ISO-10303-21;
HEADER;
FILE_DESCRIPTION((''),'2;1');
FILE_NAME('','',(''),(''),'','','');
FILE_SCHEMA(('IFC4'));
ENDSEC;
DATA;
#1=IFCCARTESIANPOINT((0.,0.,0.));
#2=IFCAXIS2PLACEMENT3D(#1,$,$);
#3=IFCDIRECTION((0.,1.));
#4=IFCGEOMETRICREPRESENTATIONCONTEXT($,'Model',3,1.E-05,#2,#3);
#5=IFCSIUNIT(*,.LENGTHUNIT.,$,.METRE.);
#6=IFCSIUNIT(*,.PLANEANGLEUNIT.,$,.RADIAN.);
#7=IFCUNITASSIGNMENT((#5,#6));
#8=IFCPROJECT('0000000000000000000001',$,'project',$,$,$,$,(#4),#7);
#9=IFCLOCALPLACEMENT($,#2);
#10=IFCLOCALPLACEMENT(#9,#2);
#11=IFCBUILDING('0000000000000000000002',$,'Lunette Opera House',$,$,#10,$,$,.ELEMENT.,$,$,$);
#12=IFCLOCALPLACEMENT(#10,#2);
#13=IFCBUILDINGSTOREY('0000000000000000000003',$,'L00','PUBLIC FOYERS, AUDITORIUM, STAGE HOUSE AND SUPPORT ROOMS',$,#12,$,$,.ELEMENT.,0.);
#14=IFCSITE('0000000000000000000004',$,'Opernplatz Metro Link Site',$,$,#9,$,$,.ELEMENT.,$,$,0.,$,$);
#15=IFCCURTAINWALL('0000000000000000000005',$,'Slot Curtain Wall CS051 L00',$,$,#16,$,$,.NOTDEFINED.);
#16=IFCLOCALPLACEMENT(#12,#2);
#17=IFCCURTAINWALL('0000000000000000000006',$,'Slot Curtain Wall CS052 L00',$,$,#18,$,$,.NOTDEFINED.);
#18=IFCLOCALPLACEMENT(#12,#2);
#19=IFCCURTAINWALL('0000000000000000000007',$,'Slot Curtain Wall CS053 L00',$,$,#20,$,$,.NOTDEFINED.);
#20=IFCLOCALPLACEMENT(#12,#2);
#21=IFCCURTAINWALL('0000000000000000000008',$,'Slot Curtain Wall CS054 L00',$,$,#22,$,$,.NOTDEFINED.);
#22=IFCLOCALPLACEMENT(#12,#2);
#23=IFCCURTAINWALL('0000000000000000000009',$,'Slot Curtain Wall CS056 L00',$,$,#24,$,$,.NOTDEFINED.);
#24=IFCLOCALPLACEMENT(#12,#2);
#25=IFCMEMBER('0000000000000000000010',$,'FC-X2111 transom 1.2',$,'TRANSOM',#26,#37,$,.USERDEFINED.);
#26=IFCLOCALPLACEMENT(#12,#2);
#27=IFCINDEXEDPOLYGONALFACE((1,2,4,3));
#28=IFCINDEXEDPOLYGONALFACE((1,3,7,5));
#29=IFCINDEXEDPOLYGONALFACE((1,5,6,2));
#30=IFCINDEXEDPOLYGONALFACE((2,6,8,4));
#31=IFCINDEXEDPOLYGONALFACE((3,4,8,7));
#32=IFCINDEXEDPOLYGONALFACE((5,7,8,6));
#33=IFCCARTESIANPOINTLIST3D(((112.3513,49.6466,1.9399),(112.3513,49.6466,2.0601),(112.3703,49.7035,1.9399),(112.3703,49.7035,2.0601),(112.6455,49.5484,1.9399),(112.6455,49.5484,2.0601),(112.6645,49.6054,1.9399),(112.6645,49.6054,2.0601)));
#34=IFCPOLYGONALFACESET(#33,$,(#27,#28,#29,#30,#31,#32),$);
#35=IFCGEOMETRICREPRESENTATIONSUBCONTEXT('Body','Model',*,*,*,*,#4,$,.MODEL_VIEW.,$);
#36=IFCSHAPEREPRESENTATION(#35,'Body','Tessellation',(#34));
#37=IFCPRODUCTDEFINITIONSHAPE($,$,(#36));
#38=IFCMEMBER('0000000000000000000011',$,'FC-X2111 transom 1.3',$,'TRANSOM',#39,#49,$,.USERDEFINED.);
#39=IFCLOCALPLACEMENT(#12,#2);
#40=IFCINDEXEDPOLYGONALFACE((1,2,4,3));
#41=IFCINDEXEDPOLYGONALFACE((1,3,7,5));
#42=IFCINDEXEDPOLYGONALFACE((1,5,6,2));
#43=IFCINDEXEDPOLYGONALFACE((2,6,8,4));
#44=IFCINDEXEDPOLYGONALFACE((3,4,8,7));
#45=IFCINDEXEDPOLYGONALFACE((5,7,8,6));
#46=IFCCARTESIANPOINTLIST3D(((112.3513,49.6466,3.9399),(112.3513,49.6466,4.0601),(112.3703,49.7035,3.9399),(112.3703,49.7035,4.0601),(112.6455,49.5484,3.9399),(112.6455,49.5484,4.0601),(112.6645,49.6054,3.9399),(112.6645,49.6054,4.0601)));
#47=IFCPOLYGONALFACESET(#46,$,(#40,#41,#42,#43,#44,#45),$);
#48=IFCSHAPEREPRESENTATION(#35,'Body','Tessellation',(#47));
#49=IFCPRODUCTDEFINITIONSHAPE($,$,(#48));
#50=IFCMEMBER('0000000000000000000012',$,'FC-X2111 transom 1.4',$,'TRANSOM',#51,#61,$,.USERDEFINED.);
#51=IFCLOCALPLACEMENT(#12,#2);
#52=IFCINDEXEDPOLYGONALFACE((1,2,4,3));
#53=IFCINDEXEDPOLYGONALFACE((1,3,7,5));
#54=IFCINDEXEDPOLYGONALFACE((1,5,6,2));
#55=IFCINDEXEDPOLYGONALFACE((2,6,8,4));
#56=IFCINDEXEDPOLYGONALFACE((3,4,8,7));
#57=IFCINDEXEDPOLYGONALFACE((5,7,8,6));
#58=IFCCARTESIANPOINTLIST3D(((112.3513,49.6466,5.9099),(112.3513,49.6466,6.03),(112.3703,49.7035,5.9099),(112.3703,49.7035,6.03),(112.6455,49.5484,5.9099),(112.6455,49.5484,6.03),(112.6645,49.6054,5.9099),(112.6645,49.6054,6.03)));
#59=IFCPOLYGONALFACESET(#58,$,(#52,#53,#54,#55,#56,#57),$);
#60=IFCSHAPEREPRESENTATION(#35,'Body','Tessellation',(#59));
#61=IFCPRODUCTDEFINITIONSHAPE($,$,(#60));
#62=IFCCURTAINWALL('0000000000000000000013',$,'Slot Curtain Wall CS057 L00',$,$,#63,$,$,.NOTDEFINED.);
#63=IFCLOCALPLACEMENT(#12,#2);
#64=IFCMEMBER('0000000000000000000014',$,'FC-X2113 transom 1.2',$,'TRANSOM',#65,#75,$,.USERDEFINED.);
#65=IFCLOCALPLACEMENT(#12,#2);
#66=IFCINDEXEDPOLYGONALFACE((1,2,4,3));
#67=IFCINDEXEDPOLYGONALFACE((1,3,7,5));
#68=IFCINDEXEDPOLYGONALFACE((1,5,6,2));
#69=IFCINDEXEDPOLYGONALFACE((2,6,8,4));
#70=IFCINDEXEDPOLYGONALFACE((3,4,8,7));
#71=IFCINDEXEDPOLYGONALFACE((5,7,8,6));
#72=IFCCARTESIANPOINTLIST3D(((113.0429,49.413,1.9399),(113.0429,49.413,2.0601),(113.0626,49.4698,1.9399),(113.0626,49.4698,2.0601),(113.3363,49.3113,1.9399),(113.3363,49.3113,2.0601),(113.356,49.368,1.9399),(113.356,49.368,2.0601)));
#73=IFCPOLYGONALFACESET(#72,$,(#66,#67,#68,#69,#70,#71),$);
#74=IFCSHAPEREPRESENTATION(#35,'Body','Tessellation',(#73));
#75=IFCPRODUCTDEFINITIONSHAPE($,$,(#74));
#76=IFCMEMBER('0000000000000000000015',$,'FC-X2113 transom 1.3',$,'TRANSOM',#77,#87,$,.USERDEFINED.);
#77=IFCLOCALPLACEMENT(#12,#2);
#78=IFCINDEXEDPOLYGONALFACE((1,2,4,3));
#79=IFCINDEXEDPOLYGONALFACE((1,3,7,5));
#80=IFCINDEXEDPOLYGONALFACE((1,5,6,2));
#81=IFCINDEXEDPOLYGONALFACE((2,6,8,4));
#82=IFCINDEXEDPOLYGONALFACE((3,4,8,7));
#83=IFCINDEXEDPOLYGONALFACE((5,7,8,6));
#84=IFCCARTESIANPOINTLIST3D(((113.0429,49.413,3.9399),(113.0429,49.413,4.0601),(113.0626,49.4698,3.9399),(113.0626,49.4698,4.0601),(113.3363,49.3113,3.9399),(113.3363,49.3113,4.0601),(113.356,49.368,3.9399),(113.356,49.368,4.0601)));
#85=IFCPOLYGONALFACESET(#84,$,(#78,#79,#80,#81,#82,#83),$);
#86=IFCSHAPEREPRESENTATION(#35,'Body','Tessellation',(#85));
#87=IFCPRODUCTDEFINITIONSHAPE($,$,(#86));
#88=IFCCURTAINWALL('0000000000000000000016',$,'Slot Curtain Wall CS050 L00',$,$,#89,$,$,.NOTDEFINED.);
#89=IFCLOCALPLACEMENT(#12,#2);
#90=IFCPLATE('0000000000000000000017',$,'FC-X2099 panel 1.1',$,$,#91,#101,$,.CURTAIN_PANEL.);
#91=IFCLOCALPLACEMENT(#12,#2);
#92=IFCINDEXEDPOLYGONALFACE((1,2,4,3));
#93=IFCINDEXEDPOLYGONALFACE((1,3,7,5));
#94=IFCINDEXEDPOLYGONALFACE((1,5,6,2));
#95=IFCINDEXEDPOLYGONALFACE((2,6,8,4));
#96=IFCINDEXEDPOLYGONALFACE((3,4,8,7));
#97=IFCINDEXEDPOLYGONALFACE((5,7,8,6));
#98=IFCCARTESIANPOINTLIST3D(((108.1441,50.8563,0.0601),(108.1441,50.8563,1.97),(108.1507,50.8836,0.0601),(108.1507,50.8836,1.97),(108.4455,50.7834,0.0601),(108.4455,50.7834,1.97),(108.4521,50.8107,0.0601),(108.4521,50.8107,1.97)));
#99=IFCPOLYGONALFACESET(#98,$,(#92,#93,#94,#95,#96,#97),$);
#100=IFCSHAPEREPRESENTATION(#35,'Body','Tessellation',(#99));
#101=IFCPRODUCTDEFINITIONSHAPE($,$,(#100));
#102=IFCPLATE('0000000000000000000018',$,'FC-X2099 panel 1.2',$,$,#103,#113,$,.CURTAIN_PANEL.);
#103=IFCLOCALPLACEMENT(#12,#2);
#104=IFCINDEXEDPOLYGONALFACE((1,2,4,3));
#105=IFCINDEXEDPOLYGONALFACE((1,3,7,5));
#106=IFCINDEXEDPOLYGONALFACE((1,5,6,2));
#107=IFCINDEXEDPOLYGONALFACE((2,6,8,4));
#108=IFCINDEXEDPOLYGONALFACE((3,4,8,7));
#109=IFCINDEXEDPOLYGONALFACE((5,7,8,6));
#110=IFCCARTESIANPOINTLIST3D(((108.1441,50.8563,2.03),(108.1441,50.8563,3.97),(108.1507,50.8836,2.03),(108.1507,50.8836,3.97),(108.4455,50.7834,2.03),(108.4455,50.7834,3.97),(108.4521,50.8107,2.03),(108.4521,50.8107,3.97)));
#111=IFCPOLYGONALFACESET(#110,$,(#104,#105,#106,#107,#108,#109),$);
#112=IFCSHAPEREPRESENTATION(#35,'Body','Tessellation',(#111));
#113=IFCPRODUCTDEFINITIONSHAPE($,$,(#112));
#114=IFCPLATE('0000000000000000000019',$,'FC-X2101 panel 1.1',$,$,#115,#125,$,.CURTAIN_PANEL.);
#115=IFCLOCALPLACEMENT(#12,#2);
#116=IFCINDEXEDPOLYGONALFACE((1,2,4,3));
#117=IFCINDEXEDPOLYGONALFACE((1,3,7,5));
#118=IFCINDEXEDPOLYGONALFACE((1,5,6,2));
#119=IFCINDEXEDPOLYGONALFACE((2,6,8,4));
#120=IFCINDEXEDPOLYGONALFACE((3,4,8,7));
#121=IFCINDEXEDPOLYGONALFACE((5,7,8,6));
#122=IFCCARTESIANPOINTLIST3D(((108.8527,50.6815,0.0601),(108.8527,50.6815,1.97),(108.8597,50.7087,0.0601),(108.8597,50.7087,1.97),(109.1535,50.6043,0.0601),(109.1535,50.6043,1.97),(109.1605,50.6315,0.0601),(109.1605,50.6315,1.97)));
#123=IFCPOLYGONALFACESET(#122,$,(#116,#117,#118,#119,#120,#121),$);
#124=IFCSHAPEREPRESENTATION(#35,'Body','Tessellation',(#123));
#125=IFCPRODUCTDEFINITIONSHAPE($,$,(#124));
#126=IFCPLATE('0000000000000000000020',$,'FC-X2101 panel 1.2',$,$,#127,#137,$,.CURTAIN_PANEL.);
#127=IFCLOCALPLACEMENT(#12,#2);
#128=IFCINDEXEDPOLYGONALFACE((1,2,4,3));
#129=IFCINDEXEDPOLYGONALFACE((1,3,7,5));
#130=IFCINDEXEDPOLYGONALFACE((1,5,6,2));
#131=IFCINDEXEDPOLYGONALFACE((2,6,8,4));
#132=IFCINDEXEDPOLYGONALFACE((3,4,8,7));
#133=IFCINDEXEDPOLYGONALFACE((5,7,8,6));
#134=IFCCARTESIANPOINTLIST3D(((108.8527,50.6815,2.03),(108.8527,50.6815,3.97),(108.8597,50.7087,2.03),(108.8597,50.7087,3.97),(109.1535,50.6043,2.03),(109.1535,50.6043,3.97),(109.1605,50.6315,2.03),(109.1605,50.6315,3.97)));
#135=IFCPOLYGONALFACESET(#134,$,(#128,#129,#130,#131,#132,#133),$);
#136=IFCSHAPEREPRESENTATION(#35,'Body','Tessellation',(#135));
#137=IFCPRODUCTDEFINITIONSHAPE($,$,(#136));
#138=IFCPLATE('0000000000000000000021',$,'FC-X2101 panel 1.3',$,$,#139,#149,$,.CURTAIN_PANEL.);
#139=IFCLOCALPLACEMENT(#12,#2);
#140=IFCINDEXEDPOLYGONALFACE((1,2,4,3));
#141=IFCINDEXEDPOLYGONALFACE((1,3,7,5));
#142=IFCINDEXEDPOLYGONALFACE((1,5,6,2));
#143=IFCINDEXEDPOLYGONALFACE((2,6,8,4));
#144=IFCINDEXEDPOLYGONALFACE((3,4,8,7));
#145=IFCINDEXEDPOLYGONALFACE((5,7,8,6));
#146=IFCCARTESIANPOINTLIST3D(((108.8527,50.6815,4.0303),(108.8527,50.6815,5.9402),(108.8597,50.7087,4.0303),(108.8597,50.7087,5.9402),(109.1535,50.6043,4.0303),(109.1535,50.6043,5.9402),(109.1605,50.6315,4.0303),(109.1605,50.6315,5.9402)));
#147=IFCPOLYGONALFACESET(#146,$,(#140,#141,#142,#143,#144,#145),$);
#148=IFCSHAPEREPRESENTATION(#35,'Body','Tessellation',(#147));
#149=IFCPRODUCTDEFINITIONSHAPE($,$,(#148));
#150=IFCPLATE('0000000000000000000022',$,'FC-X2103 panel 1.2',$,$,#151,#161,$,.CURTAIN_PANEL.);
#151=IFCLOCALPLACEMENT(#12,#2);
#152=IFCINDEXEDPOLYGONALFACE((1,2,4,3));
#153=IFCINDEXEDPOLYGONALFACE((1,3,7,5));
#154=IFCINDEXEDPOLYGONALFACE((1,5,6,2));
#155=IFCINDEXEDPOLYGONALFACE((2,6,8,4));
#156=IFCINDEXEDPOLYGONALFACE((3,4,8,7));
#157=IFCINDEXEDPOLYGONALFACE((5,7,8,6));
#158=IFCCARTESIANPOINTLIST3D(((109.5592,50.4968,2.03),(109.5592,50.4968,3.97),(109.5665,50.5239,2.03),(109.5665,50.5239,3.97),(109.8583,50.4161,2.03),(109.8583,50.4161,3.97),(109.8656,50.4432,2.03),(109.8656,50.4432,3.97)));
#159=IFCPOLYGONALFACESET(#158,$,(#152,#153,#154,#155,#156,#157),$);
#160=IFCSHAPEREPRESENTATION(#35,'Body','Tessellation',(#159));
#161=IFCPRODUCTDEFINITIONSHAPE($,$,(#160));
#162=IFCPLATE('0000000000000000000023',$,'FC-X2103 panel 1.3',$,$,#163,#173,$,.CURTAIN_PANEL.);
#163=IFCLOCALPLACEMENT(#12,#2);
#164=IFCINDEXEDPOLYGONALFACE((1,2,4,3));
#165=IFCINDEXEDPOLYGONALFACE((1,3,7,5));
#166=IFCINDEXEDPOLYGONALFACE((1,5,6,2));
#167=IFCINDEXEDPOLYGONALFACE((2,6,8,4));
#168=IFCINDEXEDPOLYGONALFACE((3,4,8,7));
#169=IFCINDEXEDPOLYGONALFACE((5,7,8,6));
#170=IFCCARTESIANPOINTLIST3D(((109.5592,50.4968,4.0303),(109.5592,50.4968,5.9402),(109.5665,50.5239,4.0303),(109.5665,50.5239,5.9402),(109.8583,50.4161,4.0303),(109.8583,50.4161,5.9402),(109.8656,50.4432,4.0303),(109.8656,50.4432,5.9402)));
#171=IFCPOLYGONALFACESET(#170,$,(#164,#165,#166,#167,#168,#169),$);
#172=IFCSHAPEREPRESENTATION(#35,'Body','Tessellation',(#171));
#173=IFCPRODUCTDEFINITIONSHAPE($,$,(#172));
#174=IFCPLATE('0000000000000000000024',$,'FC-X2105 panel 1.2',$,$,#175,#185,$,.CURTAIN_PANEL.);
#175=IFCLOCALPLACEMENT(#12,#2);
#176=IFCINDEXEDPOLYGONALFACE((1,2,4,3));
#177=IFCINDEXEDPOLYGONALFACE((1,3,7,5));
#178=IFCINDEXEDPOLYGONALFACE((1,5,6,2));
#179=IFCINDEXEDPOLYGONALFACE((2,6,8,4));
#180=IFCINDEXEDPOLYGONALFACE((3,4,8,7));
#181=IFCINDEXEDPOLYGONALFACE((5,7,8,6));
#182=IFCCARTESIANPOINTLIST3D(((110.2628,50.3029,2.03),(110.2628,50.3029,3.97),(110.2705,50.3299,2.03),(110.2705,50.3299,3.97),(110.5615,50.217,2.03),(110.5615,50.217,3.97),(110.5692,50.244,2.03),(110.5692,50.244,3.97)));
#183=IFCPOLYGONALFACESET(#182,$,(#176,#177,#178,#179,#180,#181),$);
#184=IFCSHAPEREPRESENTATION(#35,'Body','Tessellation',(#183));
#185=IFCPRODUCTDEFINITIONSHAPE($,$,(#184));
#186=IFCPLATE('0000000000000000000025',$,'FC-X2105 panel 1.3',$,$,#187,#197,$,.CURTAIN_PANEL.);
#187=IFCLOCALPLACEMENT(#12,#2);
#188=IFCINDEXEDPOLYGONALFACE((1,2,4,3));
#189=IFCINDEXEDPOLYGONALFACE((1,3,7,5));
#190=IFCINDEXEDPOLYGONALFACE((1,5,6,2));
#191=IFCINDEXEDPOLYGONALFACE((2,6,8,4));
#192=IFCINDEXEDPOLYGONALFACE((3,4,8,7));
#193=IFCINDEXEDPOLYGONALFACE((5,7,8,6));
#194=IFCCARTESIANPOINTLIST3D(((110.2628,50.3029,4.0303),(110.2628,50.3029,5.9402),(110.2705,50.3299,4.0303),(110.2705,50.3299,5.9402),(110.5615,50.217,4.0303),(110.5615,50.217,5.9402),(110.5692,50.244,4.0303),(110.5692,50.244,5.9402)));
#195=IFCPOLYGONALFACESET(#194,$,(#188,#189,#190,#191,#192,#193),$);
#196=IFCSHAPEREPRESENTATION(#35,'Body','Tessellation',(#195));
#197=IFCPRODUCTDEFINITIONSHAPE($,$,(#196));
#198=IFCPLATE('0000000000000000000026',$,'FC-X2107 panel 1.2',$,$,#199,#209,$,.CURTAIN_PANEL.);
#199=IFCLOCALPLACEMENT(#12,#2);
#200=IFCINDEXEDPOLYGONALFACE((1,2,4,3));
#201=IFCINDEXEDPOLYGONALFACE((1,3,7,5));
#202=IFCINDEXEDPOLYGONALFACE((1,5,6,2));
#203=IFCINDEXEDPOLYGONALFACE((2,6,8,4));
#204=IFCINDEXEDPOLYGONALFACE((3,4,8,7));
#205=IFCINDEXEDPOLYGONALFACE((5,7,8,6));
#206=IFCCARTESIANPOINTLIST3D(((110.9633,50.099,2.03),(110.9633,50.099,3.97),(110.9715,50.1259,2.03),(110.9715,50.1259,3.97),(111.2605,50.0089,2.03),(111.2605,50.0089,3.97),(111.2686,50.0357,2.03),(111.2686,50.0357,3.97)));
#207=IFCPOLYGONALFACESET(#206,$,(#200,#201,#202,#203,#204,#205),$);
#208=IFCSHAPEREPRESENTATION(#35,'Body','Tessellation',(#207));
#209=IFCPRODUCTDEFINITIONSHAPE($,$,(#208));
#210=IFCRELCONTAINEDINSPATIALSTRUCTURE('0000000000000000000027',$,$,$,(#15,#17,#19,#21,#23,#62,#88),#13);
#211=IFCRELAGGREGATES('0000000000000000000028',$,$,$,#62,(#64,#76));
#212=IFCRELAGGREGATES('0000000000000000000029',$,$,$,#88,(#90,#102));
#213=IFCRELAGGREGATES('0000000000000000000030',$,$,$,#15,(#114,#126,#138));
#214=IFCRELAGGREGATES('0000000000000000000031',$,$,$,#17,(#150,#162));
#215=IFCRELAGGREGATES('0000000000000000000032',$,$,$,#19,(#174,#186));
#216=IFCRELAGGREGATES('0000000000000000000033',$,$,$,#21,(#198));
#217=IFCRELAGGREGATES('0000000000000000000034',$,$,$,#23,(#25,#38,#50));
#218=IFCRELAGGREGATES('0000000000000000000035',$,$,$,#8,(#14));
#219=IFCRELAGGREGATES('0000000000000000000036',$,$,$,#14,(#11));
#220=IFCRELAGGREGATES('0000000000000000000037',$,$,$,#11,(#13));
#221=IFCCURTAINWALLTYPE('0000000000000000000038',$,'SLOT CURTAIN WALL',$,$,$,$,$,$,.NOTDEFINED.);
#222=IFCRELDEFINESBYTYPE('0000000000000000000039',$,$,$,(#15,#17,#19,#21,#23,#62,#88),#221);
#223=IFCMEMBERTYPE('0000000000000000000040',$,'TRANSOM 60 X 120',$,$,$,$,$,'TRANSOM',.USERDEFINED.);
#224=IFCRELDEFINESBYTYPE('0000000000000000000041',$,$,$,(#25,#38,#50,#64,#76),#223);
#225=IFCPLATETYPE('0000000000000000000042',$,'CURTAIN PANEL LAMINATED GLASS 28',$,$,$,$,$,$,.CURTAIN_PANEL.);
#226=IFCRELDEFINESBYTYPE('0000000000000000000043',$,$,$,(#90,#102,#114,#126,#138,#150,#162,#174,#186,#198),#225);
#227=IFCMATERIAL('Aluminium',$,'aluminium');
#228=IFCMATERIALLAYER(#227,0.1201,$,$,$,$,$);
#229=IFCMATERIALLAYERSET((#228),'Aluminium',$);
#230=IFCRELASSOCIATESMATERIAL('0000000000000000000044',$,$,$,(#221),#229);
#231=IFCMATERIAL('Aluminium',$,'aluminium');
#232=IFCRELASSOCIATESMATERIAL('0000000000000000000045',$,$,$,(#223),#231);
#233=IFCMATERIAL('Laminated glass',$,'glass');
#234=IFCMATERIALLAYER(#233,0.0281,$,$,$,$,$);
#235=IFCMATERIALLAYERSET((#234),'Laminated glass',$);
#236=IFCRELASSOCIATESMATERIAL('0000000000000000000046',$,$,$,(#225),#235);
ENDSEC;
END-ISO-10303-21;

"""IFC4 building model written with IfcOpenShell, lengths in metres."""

from ifc_helpers import new_model, si_unit, direction, frame, origin, origin_2d, place, context, subcontext, project, spatial, rectangle, extrude, material, layer, layer_set, material_profile, profile_set, type_object, element, aggregate, save


model = new_model("IFC4")

# Units and contexts
model_context = context("Model", 3, precision=1e-05, world=origin(), true_north=direction((0.0, 1.0)))
body_context = subcontext(model_context, "Body", "Model", "MODEL_VIEW")
ifc_project = project(units=[si_unit("LENGTHUNIT", "METRE"), si_unit("PLANEANGLEUNIT", "RADIAN")], contexts=[model_context])

# Site, building, storey
site_placement = place(None, origin())
site = spatial("IfcSite", under=ifc_project, at=site_placement, Name="Opernplatz Metro Link Site", CompositionType="ELEMENT", RefElevation=0.0)
building_placement = place(site_placement, origin())
building = spatial("IfcBuilding", under=site, at=building_placement, Name="Lunette Opera House", CompositionType="ELEMENT")
storey_placement = place(building_placement, origin())
storey = spatial("IfcBuildingStorey", under=building, at=storey_placement, Name="L00", Description="PUBLIC FOYERS, AUDITORIUM, STAGE HOUSE AND SUPPORT ROOMS", CompositionType="ELEMENT", Elevation=0.0)

# Curtain walls, members
ifc_material_1 = material(Name="Aluminium", Category="aluminium")
ifc_layer_1 = layer(ifc_material_1, 0.1201)
ifc_layer_set_1 = layer_set([ifc_layer_1], Name="Aluminium")
curtain_wall_type = type_object("IfcCurtainWallType", Name="SLOT CURTAIN WALL", PredefinedType="NOTDEFINED", material=ifc_layer_set_1)
curtain_wall_1_placement = place(storey_placement, origin())
curtain_wall_1 = element("IfcCurtainWall", 1, at=curtain_wall_1_placement, inside=storey, type_object=curtain_wall_type, Name="Slot Curtain Wall CS051 L00", PredefinedType="NOTDEFINED")
ifc_material_2 = material(Name="Aluminium", Category="aluminium")
ifc_material_profile = material_profile(ifc_material_2, rectangle(XDim=0.0601, YDim=0.1201, at=origin_2d()), Name="TRANSOM 60 X 120")
ifc_profile_set = profile_set([ifc_material_profile], Name="Aluminium")
member_type = type_object("IfcMemberType", Name="TRANSOM 60 X 120", ElementType="TRANSOM", PredefinedType="USERDEFINED", material=ifc_profile_set)
curtain_wall_2_placement = place(storey_placement, origin())
curtain_wall_2 = element("IfcCurtainWall", 2, at=curtain_wall_2_placement, inside=storey, type_object=curtain_wall_type, Name="Slot Curtain Wall CS052 L00", PredefinedType="NOTDEFINED")
curtain_wall_3_placement = place(storey_placement, origin())
curtain_wall_3 = element("IfcCurtainWall", 3, at=curtain_wall_3_placement, inside=storey, type_object=curtain_wall_type, Name="Slot Curtain Wall CS053 L00", PredefinedType="NOTDEFINED")
curtain_wall_4_placement = place(storey_placement, origin())
curtain_wall_4 = element("IfcCurtainWall", 4, at=curtain_wall_4_placement, inside=storey, type_object=curtain_wall_type, Name="Slot Curtain Wall CS054 L00", PredefinedType="NOTDEFINED")
curtain_wall_5_placement = place(storey_placement, origin())
curtain_wall_5 = element("IfcCurtainWall", 5, at=curtain_wall_5_placement, inside=storey, type_object=curtain_wall_type, Name="Slot Curtain Wall CS056 L00", PredefinedType="NOTDEFINED")
member_1_placement = place(storey_placement, frame((112.3608, 49.675, 2.0), z_axis=(0.948605, -0.316464, 0.0), x_axis=(0.316464, 0.948605, 0.0)))
member_1 = element("IfcMember", 6, at=member_1_placement, type_object=member_type, Name="FC-X2111 transom 1.2", ObjectType="TRANSOM", PredefinedType="USERDEFINED", context=body_context, shape_type="SweptSolid", body=[
    extrude(rectangle(XDim=0.0601, YDim=0.1201, at=origin_2d()), origin(), (0.0, 0.0, 1.0), 0.3101),
])
member_2_placement = place(storey_placement, frame((112.3608, 49.675, 4.0), z_axis=(0.948605, -0.316464, 0.0), x_axis=(0.316464, 0.948605, 0.0)))
member_2 = element("IfcMember", 7, at=member_2_placement, type_object=member_type, Name="FC-X2111 transom 1.3", ObjectType="TRANSOM", PredefinedType="USERDEFINED", context=body_context, shape_type="SweptSolid", body=[
    extrude(rectangle(XDim=0.0601, YDim=0.1201, at=origin_2d()), origin(), (0.0, 0.0, 1.0), 0.3101),
])
member_3_placement = place(storey_placement, frame((112.3608, 49.675, 5.97), z_axis=(0.948605, -0.316464, 0.0), x_axis=(0.316464, 0.948605, 0.0)))
member_3 = element("IfcMember", 8, at=member_3_placement, type_object=member_type, Name="FC-X2111 transom 1.4", ObjectType="TRANSOM", PredefinedType="USERDEFINED", context=body_context, shape_type="SweptSolid", body=[
    extrude(rectangle(XDim=0.0601, YDim=0.1201, at=origin_2d()), origin(), (0.0, 0.0, 1.0), 0.3101),
])
curtain_wall_6_placement = place(storey_placement, origin())
curtain_wall_6 = element("IfcCurtainWall", 9, at=curtain_wall_6_placement, inside=storey, type_object=curtain_wall_type, Name="Slot Curtain Wall CS057 L00", PredefinedType="NOTDEFINED")
member_4_placement = place(storey_placement, frame((113.0527, 49.4414, 2.0), z_axis=(0.944762, -0.327758, 0.0), x_axis=(0.327758, 0.944762, 0.0)))
member_4 = element("IfcMember", 10, at=member_4_placement, type_object=member_type, Name="FC-X2113 transom 1.2", ObjectType="TRANSOM", PredefinedType="USERDEFINED", context=body_context, shape_type="SweptSolid", body=[
    extrude(rectangle(XDim=0.0601, YDim=0.1201, at=origin_2d()), origin(), (0.0, 0.0, 1.0), 0.3105),
])
member_5_placement = place(storey_placement, frame((113.0527, 49.4414, 4.0), z_axis=(0.944762, -0.327758, 0.0), x_axis=(0.327758, 0.944762, 0.0)))
member_5 = element("IfcMember", 11, at=member_5_placement, type_object=member_type, Name="FC-X2113 transom 1.3", ObjectType="TRANSOM", PredefinedType="USERDEFINED", context=body_context, shape_type="SweptSolid", body=[
    extrude(rectangle(XDim=0.0601, YDim=0.1201, at=origin_2d()), origin(), (0.0, 0.0, 1.0), 0.3105),
])
aggregate(curtain_wall_6, [member_4, member_5])

# Curtain wall, plates
curtain_wall_7_placement = place(storey_placement, origin())
curtain_wall_7 = element("IfcCurtainWall", 12, at=curtain_wall_7_placement, inside=storey, type_object=curtain_wall_type, Name="Slot Curtain Wall CS050 L00", PredefinedType="NOTDEFINED")
ifc_material_3 = material(Name="Laminated glass", Category="glass")
ifc_layer_2 = layer(ifc_material_3, 0.0281)
ifc_layer_set_2 = layer_set([ifc_layer_2], Name="Laminated glass")
plate_type = type_object("IfcPlateType", Name="CURTAIN PANEL LAMINATED GLASS 28", PredefinedType="CURTAIN_PANEL", material=ifc_layer_set_2)
plate_1_placement = place(storey_placement, frame((108.2981, 50.8335, 0.0601), z_axis=(0.0, 0.0, 1.0), x_axis=(0.972027, -0.234868, 0.0)))
plate_1 = element("IfcPlate", 13, at=plate_1_placement, type_object=plate_type, Name="FC-X2099 panel 1.1", PredefinedType="CURTAIN_PANEL", context=body_context, shape_type="SweptSolid", body=[
    extrude(rectangle(XDim=0.3101, YDim=0.0281, at=origin_2d()), origin(), (0.0, 0.0, 1.0), 1.9099),
])
plate_2_placement = place(storey_placement, frame((108.2981, 50.8335, 2.03), z_axis=(0.0, 0.0, 1.0), x_axis=(0.972027, -0.234868, 0.0)))
plate_2 = element("IfcPlate", 14, at=plate_2_placement, type_object=plate_type, Name="FC-X2099 panel 1.2", PredefinedType="CURTAIN_PANEL", context=body_context, shape_type="SweptSolid", body=[
    extrude(rectangle(XDim=0.3101, YDim=0.0281, at=origin_2d()), origin(), (0.0, 0.0, 1.0), 1.9399),
])
aggregate(curtain_wall_7, [plate_1, plate_2])

# Plates
plate_3_placement = place(storey_placement, frame((109.0066, 50.6565, 0.0601), z_axis=(0.0, 0.0, 1.0), x_axis=(0.968621, -0.248543, 0.0)))
plate_3 = element("IfcPlate", 15, at=plate_3_placement, type_object=plate_type, Name="FC-X2101 panel 1.1", PredefinedType="CURTAIN_PANEL", context=body_context, shape_type="SweptSolid", body=[
    extrude(rectangle(XDim=0.3105, YDim=0.0281, at=origin_2d()), origin(), (0.0, 0.0, 1.0), 1.9099),
])
plate_4_placement = place(storey_placement, frame((109.0066, 50.6565, 2.03), z_axis=(0.0, 0.0, 1.0), x_axis=(0.968621, -0.248543, 0.0)))
plate_4 = element("IfcPlate", 16, at=plate_4_placement, type_object=plate_type, Name="FC-X2101 panel 1.2", PredefinedType="CURTAIN_PANEL", context=body_context, shape_type="SweptSolid", body=[
    extrude(rectangle(XDim=0.3105, YDim=0.0281, at=origin_2d()), origin(), (0.0, 0.0, 1.0), 1.9399),
])
plate_5_placement = place(storey_placement, frame((109.0066, 50.6565, 4.0303), z_axis=(0.0, 0.0, 1.0), x_axis=(0.968621, -0.248543, 0.0)))
plate_5 = element("IfcPlate", 17, at=plate_5_placement, type_object=plate_type, Name="FC-X2101 panel 1.3", PredefinedType="CURTAIN_PANEL", context=body_context, shape_type="SweptSolid", body=[
    extrude(rectangle(XDim=0.3105, YDim=0.0281, at=origin_2d()), origin(), (0.0, 0.0, 1.0), 1.9099),
])
aggregate(curtain_wall_1, [plate_3, plate_4, plate_5])
plate_6_placement = place(storey_placement, frame((109.7124, 50.47, 2.03), z_axis=(0.0, 0.0, 1.0), x_axis=(0.965458, -0.260557, 0.0)))
plate_6 = element("IfcPlate", 18, at=plate_6_placement, type_object=plate_type, Name="FC-X2103 panel 1.2", PredefinedType="CURTAIN_PANEL", context=body_context, shape_type="SweptSolid", body=[
    extrude(rectangle(XDim=0.3098, YDim=0.0281, at=origin_2d()), origin(), (0.0, 0.0, 1.0), 1.9399),
])
plate_7_placement = place(storey_placement, frame((109.7124, 50.47, 4.0303), z_axis=(0.0, 0.0, 1.0), x_axis=(0.965458, -0.260557, 0.0)))
plate_7 = element("IfcPlate", 19, at=plate_7_placement, type_object=plate_type, Name="FC-X2103 panel 1.3", PredefinedType="CURTAIN_PANEL", context=body_context, shape_type="SweptSolid", body=[
    extrude(rectangle(XDim=0.3098, YDim=0.0281, at=origin_2d()), origin(), (0.0, 0.0, 1.0), 1.9099),
])
aggregate(curtain_wall_2, [plate_6, plate_7])
plate_8_placement = place(storey_placement, frame((110.416, 50.2734, 2.03), z_axis=(0.0, 0.0, 1.0), x_axis=(0.961085, -0.276254, 0.0)))
plate_8 = element("IfcPlate", 20, at=plate_8_placement, type_object=plate_type, Name="FC-X2105 panel 1.2", PredefinedType="CURTAIN_PANEL", context=body_context, shape_type="SweptSolid", body=[
    extrude(rectangle(XDim=0.3108, YDim=0.0281, at=origin_2d()), origin(), (0.0, 0.0, 1.0), 1.9399),
])
plate_9_placement = place(storey_placement, frame((110.416, 50.2734, 4.0303), z_axis=(0.0, 0.0, 1.0), x_axis=(0.961085, -0.276254, 0.0)))
plate_9 = element("IfcPlate", 21, at=plate_9_placement, type_object=plate_type, Name="FC-X2105 panel 1.3", PredefinedType="CURTAIN_PANEL", context=body_context, shape_type="SweptSolid", body=[
    extrude(rectangle(XDim=0.3108, YDim=0.0281, at=origin_2d()), origin(), (0.0, 0.0, 1.0), 1.9099),
])
aggregate(curtain_wall_3, [plate_8, plate_9])
plate_10_placement = place(storey_placement, frame((111.116, 50.0674, 2.03), z_axis=(0.0, 0.0, 1.0), x_axis=(0.956927, -0.29033, 0.0)))
plate_10 = element("IfcPlate", 22, at=plate_10_placement, type_object=plate_type, Name="FC-X2107 panel 1.2", PredefinedType="CURTAIN_PANEL", context=body_context, shape_type="SweptSolid", body=[
    extrude(rectangle(XDim=0.3105, YDim=0.0281, at=origin_2d()), origin(), (0.0, 0.0, 1.0), 1.9399),
])
aggregate(curtain_wall_4, [plate_10])
aggregate(curtain_wall_5, [member_1, member_2, member_3])

save(model, "model.ifc")
